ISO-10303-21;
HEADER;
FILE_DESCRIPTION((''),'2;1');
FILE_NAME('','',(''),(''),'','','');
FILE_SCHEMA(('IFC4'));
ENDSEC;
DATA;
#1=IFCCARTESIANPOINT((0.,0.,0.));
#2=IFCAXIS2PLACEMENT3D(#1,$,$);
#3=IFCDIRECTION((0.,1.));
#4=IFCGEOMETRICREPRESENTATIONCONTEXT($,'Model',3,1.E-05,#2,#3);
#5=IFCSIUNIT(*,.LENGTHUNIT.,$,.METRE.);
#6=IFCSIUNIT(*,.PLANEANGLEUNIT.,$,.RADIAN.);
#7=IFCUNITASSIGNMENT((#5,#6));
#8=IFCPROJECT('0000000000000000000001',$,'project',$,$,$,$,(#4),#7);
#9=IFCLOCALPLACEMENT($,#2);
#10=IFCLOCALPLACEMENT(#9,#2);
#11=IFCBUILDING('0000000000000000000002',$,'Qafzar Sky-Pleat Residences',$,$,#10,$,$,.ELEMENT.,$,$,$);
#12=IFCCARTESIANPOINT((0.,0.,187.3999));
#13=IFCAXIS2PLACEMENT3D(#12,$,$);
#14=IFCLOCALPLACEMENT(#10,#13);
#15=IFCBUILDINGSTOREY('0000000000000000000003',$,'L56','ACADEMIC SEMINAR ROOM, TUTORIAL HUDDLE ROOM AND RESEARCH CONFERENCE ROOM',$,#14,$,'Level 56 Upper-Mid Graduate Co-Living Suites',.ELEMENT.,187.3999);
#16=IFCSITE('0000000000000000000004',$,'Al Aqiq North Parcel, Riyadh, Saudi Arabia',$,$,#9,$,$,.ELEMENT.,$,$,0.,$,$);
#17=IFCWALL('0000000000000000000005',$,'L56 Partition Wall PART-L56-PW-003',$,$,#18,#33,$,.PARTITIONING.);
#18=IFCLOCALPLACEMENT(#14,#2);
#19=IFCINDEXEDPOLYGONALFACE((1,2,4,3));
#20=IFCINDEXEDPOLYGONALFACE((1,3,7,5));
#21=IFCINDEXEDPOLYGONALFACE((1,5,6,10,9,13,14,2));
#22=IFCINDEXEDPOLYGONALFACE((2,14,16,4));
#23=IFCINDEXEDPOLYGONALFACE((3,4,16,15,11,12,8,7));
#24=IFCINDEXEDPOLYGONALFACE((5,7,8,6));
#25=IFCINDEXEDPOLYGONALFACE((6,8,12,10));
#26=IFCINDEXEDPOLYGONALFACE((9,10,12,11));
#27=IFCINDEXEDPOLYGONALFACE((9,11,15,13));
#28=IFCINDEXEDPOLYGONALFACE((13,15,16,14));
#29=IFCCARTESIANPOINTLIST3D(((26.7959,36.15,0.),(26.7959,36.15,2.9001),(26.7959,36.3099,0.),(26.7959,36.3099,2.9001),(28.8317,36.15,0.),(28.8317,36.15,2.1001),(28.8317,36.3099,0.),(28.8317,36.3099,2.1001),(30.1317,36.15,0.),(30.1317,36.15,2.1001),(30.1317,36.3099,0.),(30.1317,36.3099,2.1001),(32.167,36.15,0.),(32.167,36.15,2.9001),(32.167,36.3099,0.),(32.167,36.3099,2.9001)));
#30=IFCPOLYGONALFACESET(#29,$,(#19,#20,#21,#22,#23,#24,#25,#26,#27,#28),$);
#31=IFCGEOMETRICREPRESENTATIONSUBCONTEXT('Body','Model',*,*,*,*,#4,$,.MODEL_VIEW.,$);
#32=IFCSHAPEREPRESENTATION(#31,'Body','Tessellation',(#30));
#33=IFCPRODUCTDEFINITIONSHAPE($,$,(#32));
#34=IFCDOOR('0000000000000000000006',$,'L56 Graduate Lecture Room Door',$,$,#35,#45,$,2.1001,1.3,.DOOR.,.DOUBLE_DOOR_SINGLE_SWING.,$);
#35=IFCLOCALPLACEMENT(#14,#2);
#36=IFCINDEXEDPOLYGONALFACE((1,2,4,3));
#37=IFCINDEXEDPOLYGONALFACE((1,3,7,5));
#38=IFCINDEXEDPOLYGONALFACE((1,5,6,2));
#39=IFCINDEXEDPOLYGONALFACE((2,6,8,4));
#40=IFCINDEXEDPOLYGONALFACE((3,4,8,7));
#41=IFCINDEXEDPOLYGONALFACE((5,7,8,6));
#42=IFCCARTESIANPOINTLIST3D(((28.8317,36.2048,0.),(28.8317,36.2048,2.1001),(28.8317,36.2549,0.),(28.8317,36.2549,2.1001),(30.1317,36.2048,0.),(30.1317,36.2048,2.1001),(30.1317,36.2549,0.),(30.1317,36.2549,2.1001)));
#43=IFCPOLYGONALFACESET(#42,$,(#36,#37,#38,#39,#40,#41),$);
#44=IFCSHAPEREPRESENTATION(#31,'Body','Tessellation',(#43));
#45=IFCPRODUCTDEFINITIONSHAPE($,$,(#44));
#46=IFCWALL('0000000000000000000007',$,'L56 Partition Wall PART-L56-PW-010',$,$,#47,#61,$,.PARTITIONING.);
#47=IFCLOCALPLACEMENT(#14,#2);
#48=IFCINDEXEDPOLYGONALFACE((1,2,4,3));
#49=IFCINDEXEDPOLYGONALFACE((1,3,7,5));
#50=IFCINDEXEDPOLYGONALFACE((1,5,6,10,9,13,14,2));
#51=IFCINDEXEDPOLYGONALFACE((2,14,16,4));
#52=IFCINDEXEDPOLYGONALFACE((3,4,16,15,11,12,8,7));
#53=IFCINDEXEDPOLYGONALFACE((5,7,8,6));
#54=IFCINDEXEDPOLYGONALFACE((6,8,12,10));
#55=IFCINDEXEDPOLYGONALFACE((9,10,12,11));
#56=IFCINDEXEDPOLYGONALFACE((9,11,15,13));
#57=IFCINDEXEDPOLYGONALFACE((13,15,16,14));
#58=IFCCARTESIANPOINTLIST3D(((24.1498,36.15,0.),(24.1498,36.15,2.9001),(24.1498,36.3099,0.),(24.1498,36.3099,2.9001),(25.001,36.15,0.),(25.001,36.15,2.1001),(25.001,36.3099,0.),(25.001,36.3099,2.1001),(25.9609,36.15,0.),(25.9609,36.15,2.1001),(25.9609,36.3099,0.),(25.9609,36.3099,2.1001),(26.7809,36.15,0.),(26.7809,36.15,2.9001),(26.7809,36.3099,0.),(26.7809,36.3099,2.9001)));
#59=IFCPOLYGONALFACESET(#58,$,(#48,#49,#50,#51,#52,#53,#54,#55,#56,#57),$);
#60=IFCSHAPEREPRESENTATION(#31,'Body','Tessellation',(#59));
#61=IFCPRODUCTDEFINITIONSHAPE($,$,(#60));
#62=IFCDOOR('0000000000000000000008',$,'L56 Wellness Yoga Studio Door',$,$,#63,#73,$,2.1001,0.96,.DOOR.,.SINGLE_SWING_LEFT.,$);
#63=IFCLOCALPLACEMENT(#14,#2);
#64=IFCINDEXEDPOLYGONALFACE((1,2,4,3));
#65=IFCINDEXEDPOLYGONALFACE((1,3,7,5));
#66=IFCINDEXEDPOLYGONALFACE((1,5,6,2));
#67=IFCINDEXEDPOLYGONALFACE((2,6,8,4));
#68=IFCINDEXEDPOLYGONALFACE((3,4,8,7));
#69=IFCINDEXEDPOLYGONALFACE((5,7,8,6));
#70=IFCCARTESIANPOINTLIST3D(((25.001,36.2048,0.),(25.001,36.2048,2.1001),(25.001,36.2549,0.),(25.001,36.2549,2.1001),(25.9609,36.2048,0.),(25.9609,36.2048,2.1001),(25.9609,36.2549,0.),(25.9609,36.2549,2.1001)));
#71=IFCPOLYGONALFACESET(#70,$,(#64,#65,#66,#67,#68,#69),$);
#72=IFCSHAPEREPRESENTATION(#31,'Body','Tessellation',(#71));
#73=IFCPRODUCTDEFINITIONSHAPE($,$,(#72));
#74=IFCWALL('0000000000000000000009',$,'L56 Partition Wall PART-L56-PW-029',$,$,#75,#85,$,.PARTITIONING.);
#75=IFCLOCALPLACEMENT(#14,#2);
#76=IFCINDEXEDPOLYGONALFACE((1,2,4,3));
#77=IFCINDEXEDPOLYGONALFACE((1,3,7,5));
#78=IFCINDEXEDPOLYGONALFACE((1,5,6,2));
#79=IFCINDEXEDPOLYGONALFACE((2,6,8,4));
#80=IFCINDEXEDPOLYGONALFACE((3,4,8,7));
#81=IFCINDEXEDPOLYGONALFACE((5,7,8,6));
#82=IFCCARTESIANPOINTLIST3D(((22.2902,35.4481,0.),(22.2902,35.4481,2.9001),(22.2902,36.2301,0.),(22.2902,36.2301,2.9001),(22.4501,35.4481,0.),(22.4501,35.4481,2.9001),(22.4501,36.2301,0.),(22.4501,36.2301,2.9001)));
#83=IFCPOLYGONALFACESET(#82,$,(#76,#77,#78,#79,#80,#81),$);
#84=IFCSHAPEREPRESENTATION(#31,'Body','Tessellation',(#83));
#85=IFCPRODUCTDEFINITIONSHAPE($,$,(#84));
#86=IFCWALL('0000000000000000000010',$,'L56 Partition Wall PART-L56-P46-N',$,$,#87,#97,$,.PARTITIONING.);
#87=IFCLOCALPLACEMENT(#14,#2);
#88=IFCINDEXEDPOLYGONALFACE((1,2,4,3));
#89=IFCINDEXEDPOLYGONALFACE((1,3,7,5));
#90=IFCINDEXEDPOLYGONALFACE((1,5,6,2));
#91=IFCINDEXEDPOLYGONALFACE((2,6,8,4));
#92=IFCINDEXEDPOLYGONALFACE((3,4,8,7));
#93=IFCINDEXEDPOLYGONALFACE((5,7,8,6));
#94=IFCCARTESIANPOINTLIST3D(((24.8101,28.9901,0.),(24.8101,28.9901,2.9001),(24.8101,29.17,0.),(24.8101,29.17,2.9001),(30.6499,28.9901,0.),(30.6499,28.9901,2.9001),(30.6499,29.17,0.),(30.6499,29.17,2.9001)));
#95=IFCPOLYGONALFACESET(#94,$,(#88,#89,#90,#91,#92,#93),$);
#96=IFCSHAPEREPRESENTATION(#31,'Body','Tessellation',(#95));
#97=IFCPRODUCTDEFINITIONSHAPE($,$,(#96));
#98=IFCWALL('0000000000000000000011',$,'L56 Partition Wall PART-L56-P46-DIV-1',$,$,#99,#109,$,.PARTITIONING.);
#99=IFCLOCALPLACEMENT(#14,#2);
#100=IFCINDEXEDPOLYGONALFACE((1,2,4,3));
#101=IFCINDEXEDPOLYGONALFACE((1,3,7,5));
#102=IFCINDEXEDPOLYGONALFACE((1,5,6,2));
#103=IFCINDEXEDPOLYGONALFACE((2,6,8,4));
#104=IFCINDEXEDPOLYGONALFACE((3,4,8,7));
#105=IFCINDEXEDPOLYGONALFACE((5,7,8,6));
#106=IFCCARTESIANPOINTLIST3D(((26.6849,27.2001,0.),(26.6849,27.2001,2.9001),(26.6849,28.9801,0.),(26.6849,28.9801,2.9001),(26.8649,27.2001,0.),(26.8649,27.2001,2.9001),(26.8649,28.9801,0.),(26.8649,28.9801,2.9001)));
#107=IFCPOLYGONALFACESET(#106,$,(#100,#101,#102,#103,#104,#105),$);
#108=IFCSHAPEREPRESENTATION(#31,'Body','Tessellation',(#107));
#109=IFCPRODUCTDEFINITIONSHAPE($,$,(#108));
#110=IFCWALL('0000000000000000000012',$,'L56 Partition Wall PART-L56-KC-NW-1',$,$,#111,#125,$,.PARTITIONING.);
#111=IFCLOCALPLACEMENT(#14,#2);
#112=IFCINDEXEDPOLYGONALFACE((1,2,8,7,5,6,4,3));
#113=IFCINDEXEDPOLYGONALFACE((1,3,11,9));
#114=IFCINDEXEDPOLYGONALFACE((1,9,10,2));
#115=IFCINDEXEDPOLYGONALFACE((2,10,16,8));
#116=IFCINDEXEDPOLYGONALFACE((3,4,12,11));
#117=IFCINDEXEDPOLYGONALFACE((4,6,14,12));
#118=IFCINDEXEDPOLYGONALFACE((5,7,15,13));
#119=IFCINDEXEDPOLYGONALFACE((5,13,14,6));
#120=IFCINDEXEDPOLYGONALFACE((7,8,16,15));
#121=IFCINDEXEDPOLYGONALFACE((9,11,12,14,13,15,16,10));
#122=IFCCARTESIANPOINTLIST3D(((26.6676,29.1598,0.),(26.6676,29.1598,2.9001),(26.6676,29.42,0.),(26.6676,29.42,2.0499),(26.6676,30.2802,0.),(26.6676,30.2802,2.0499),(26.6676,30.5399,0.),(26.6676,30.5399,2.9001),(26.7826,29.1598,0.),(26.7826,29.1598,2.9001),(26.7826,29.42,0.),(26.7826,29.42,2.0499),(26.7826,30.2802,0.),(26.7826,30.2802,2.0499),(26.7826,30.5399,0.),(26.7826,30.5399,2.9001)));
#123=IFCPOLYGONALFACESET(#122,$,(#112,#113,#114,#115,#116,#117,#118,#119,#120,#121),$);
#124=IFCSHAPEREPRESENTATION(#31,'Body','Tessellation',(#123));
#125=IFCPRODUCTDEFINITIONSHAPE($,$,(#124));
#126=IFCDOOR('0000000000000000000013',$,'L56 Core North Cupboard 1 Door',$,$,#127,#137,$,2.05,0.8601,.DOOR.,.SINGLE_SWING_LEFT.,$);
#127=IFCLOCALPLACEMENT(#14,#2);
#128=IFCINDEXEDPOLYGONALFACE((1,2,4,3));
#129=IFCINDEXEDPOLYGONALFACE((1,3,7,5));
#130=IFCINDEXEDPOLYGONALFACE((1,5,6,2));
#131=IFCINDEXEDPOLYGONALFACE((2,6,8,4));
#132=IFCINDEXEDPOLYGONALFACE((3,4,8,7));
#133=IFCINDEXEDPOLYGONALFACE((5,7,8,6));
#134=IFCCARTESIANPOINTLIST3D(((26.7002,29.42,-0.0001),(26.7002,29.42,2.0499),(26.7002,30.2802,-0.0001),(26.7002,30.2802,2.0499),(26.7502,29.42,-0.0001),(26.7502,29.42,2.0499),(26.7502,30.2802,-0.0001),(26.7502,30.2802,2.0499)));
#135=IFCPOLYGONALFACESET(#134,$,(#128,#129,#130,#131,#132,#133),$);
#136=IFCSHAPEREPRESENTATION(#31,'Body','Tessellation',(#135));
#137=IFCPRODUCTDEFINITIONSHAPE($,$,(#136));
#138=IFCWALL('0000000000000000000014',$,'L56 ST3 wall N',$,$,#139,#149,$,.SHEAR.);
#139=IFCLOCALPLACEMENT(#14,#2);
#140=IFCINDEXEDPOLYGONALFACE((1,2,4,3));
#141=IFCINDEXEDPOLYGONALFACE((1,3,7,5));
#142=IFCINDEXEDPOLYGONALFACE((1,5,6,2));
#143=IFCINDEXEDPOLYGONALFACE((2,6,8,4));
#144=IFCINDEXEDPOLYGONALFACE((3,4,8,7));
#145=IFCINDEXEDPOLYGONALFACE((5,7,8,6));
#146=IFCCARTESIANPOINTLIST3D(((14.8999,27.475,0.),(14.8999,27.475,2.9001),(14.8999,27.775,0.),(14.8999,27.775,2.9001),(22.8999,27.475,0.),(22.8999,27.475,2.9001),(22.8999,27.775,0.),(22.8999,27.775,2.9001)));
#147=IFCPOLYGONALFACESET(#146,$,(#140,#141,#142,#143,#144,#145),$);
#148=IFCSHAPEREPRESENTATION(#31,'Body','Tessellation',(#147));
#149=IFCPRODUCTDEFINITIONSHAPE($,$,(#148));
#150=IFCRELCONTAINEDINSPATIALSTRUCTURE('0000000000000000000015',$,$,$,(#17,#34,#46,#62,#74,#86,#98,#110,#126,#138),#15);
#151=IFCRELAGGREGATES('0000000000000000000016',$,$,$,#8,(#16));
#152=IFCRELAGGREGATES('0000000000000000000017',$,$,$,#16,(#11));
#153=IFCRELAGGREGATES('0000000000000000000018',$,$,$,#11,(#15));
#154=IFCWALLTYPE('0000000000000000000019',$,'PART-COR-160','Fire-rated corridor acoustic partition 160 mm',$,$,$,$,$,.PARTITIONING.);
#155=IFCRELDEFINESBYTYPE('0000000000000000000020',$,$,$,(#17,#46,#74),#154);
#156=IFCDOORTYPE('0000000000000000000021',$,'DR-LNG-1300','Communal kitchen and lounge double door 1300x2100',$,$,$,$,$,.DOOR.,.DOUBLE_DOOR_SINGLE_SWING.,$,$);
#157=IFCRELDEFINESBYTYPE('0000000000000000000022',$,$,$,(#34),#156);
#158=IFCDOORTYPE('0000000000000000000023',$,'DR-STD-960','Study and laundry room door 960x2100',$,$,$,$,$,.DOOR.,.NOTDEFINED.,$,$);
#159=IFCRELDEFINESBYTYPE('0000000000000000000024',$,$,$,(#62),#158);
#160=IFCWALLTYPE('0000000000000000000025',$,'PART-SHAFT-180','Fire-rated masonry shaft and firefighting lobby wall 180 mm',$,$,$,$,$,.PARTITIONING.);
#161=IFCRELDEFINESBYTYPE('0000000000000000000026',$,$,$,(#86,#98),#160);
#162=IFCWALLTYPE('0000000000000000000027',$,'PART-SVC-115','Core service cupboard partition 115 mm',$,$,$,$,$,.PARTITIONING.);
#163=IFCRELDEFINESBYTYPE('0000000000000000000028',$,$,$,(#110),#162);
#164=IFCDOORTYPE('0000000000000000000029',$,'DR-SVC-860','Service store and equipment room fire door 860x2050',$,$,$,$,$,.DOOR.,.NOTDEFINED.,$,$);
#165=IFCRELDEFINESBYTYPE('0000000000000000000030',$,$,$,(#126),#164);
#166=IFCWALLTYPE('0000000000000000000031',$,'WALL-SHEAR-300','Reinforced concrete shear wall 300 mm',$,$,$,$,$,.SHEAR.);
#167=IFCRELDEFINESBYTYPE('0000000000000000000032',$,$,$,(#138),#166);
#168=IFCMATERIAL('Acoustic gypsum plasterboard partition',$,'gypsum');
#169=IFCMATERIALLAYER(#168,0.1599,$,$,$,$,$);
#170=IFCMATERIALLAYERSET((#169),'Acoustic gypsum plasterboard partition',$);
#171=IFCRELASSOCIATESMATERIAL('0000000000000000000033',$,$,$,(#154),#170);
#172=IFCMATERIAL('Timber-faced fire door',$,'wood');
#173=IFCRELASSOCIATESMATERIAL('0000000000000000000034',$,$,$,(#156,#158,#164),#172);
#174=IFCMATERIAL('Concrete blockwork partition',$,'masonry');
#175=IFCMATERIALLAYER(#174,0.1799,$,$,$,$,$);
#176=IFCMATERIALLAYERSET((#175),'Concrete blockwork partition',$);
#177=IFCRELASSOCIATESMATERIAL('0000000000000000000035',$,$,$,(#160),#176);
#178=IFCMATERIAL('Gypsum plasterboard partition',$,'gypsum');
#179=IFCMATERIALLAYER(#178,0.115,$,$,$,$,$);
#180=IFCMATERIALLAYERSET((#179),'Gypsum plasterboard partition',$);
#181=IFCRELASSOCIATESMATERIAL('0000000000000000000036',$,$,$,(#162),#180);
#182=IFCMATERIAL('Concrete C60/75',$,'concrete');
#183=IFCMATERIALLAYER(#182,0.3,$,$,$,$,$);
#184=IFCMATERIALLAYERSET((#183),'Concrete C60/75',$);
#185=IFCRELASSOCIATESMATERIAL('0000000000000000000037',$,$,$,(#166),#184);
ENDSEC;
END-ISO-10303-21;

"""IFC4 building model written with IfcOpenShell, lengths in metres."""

from ifc_helpers import new_model, si_unit, direction, frame, frame_2d, origin, place, context, subcontext, project, spatial, rectangle, extrude, source, transform, mapped, material, layer, layer_set, type_object, element, fill, save


model = new_model("IFC4")

# Units and contexts
model_context = context("Model", 3, precision=1e-05, world=origin(), true_north=direction((0.0, 1.0)))
body_context = subcontext(model_context, "Body", "Model", "MODEL_VIEW")
ifc_project = project(units=[si_unit("LENGTHUNIT", "METRE"), si_unit("PLANEANGLEUNIT", "RADIAN")], contexts=[model_context])

# Site, building, storey
site_placement = place(None, origin())
site = spatial("IfcSite", under=ifc_project, at=site_placement, Name="Al Aqiq North Parcel, Riyadh, Saudi Arabia", CompositionType="ELEMENT", RefElevation=0.0)
building_placement = place(site_placement, origin())
building = spatial("IfcBuilding", under=site, at=building_placement, Name="Qafzar Sky-Pleat Residences", CompositionType="ELEMENT")
storey_placement = place(building_placement, frame((0.0, 0.0, 187.3999)))
storey = spatial("IfcBuildingStorey", under=building, at=storey_placement, Name="L56", Description="ACADEMIC SEMINAR ROOM, TUTORIAL HUDDLE ROOM AND RESEARCH CONFERENCE ROOM", LongName="Level 56 Upper-Mid Graduate Co-Living Suites", CompositionType="ELEMENT", Elevation=187.3999)

# Walls, openings, doors
ifc_material_1 = material(Name="Acoustic gypsum plasterboard partition", Category="gypsum")
ifc_layer_1 = layer(ifc_material_1, 0.1599)
ifc_layer_set_1 = layer_set([ifc_layer_1], Name="Acoustic gypsum plasterboard partition")
wall_type_1 = type_object("IfcWallType", Name="PART-COR-160", Description="Fire-rated corridor acoustic partition 160 mm", PredefinedType="PARTITIONING", material=ifc_layer_set_1)
wall_1_placement = place(storey_placement, frame((26.7959, 36.23, 0.0), z_axis=(0.0, 0.0, 1.0), x_axis=(1.0, 0.0, 0.0)))
wall_1 = element("IfcWall", 1, at=wall_1_placement, inside=storey, type_object=wall_type_1, Name="L56 Partition Wall PART-L56-PW-003", PredefinedType="PARTITIONING", context=body_context, shape_type="SweptSolid", body=[
    extrude(rectangle(XDim=5.3711, YDim=0.1599, at=frame_2d((2.6855, 0.0))), origin(), (0.0, 0.0, 1.0), 2.9001),
])
opening_1_placement = place(wall_1_placement, frame((2.0359, 0.0, 0.0)))
opening_1 = element("IfcOpeningElement", 2, at=opening_1_placement, cuts=wall_1, PredefinedType="OPENING", context=body_context, shape_type="SweptSolid", body=[
    extrude(rectangle(XDim=1.3, YDim=2.1001, at=frame_2d((0.6499, 1.05))), frame((0.0, 0.0898, 0.0), z_axis=(0.0, -1.0, 0.0), x_axis=(1.0, 0.0, 0.0)), (0.0, 0.0, 1.0), 0.1799),
])
ifc_material_2 = material(Name="Timber-faced fire door", Category="wood")
door_type_1 = type_object("IfcDoorType", Name="DR-LNG-1300", Description="Communal kitchen and lounge double door 1300x2100", OperationType="DOUBLE_DOOR_SINGLE_SWING", PredefinedType="DOOR", material=ifc_material_2)
shared_shape_1 = source(origin(), body_context, "Body", "SweptSolid", [
    extrude(rectangle(XDim=1.3, YDim=2.1001, at=frame_2d((0.6499, 1.05))), frame((0.0, 0.0249, 0.0), z_axis=(0.0, -1.0, 0.0), x_axis=(1.0, 0.0, 0.0)), (0.0, 0.0, 1.0), 0.05),
])
door_1_placement = place(opening_1_placement, origin())
door_1 = element("IfcDoor", 3, at=door_1_placement, inside=storey, type_object=door_type_1, Name="L56 Graduate Lecture Room Door", OperationType="DOUBLE_DOOR_SINGLE_SWING", OverallHeight=2.1001, OverallWidth=1.3, PredefinedType="DOOR", context=body_context, shape_type="MappedRepresentation", body=[
    mapped(shared_shape_1, transform((0.0, 0.0, 0.0), x_axis=(1.0, 0.0, 0.0), y_axis=(0.0, 1.0, 0.0), z_axis=(0.0, 0.0, 1.0), scale=1.0)),
])
fill(opening_1, door_1)
wall_2_placement = place(storey_placement, frame((24.1499, 36.23, 0.0), z_axis=(0.0, 0.0, 1.0), x_axis=(1.0, 0.0, 0.0)))
wall_2 = element("IfcWall", 4, at=wall_2_placement, inside=storey, type_object=wall_type_1, Name="L56 Partition Wall PART-L56-PW-010", PredefinedType="PARTITIONING", context=body_context, shape_type="SweptSolid", body=[
    extrude(rectangle(XDim=2.6311, YDim=0.1599, at=frame_2d((1.3154, 0.0))), origin(), (0.0, 0.0, 1.0), 2.9001),
])
opening_2_placement = place(wall_2_placement, frame((0.8511, 0.0, 0.0)))
opening_2 = element("IfcOpeningElement", 5, at=opening_2_placement, cuts=wall_2, PredefinedType="OPENING", context=body_context, shape_type="SweptSolid", body=[
    extrude(rectangle(XDim=0.96, YDim=2.1001, at=frame_2d((0.48, 1.05))), frame((0.0, 0.0898, 0.0), z_axis=(0.0, -1.0, 0.0), x_axis=(1.0, 0.0, 0.0)), (0.0, 0.0, 1.0), 0.1799),
])
door_type_2 = type_object("IfcDoorType", Name="DR-STD-960", Description="Study and laundry room door 960x2100", OperationType="NOTDEFINED", PredefinedType="DOOR", material=ifc_material_2)
shared_shape_2 = source(origin(), body_context, "Body", "SweptSolid", [
    extrude(rectangle(XDim=0.96, YDim=2.1001, at=frame_2d((0.48, 1.05))), frame((0.0, 0.0249, 0.0), z_axis=(0.0, -1.0, 0.0), x_axis=(1.0, 0.0, 0.0)), (0.0, 0.0, 1.0), 0.05),
])
door_2_placement = place(opening_2_placement, origin())
door_2 = element("IfcDoor", 6, at=door_2_placement, inside=storey, type_object=door_type_2, Name="L56 Wellness Yoga Studio Door", OperationType="SINGLE_SWING_LEFT", OverallHeight=2.1001, OverallWidth=0.96, PredefinedType="DOOR", context=body_context, shape_type="MappedRepresentation", body=[
    mapped(shared_shape_2, transform((0.0, 0.0, 0.0), x_axis=(1.0, 0.0, 0.0), y_axis=(0.0, 1.0, 0.0), z_axis=(0.0, 0.0, 1.0), scale=1.0)),
])
fill(opening_2, door_2)

# Walls
wall_3_placement = place(storey_placement, frame((22.3701, 35.448, 0.0), z_axis=(0.0, 0.0, 1.0), x_axis=(0.0, 1.0, 0.0)))
element("IfcWall", 7, at=wall_3_placement, inside=storey, type_object=wall_type_1, Name="L56 Partition Wall PART-L56-PW-029", PredefinedType="PARTITIONING", context=body_context, shape_type="SweptSolid", body=[
    extrude(rectangle(XDim=0.782, YDim=0.1599, at=frame_2d((0.3911, 0.0))), origin(), (0.0, 0.0, 1.0), 2.9001),
])
ifc_material_3 = material(Name="Concrete blockwork partition", Category="masonry")
ifc_layer_2 = layer(ifc_material_3, 0.1799)
ifc_layer_set_2 = layer_set([ifc_layer_2], Name="Concrete blockwork partition")
wall_type_2 = type_object("IfcWallType", Name="PART-SHAFT-180", Description="Fire-rated masonry shaft and firefighting lobby wall 180 mm", PredefinedType="PARTITIONING", material=ifc_layer_set_2)
wall_4_placement = place(storey_placement, frame((24.8101, 29.0801, 0.0), z_axis=(0.0, 0.0, 1.0), x_axis=(1.0, 0.0, 0.0)))
element("IfcWall", 8, at=wall_4_placement, inside=storey, type_object=wall_type_2, Name="L56 Partition Wall PART-L56-P46-N", PredefinedType="PARTITIONING", context=body_context, shape_type="SweptSolid", body=[
    extrude(rectangle(XDim=5.8398, YDim=0.1799, at=frame_2d((2.9199, 0.0))), origin(), (0.0, 0.0, 1.0), 2.9001),
])

# Wall
wall_5_placement = place(storey_placement, frame((26.7749, 27.2, 0.0), z_axis=(0.0, 0.0, 1.0), x_axis=(0.0, 1.0, 0.0)))
element("IfcWall", 9, at=wall_5_placement, inside=storey, type_object=wall_type_2, Name="L56 Partition Wall PART-L56-P46-DIV-1", PredefinedType="PARTITIONING", context=body_context, shape_type="SweptSolid", body=[
    extrude(rectangle(XDim=1.78, YDim=0.1799, at=frame_2d((0.8901, 0.0))), origin(), (0.0, 0.0, 1.0), 2.9001),
])

# Wall, opening, door
ifc_material_4 = material(Name="Gypsum plasterboard partition", Category="gypsum")
ifc_layer_3 = layer(ifc_material_4, 0.115)
ifc_layer_set_3 = layer_set([ifc_layer_3], Name="Gypsum plasterboard partition")
wall_type_3 = type_object("IfcWallType", Name="PART-SVC-115", Description="Core service cupboard partition 115 mm", PredefinedType="PARTITIONING", material=ifc_layer_set_3)
wall_6_placement = place(storey_placement, frame((26.7251, 29.1599, 0.0), z_axis=(0.0, 0.0, 1.0), x_axis=(0.0, 1.0, 0.0)))
wall_6 = element("IfcWall", 10, at=wall_6_placement, inside=storey, type_object=wall_type_3, Name="L56 Partition Wall PART-L56-KC-NW-1", PredefinedType="PARTITIONING", context=body_context, shape_type="SweptSolid", body=[
    extrude(rectangle(XDim=1.3801, YDim=0.115, at=frame_2d((0.6899, 0.0))), origin(), (0.0, 0.0, 1.0), 2.9001),
])
opening_3_placement = place(wall_6_placement, frame((0.26, 0.0, 0.0)))
opening_3 = element("IfcOpeningElement", 11, at=opening_3_placement, cuts=wall_6, PredefinedType="OPENING", context=body_context, shape_type="SweptSolid", body=[
    extrude(rectangle(XDim=0.8601, YDim=2.05, at=frame_2d((0.4302, 1.0249))), frame((0.0, 0.0674, 0.0), z_axis=(0.0, -1.0, 0.0), x_axis=(1.0, 0.0, 0.0)), (0.0, 0.0, 1.0), 0.135),
])
door_type_3 = type_object("IfcDoorType", Name="DR-SVC-860", Description="Service store and equipment room fire door 860x2050", OperationType="NOTDEFINED", PredefinedType="DOOR", material=ifc_material_2)
shared_shape_3 = source(origin(), body_context, "Body", "SweptSolid", [
    extrude(rectangle(XDim=0.8601, YDim=2.05, at=frame_2d((0.4302, 1.0249))), frame((0.0, 0.0249, 0.0), z_axis=(0.0, -1.0, 0.0), x_axis=(1.0, 0.0, 0.0)), (0.0, 0.0, 1.0), 0.05),
])
door_3_placement = place(opening_3_placement, origin())
door_3 = element("IfcDoor", 12, at=door_3_placement, inside=storey, type_object=door_type_3, Name="L56 Core North Cupboard 1 Door", OperationType="SINGLE_SWING_LEFT", OverallHeight=2.05, OverallWidth=0.8601, PredefinedType="DOOR", context=body_context, shape_type="MappedRepresentation", body=[
    mapped(shared_shape_3, transform((0.0, 0.0, 0.0), x_axis=(1.0, 0.0, 0.0), y_axis=(0.0, 1.0, 0.0), z_axis=(0.0, 0.0, 1.0), scale=1.0)),
])
fill(opening_3, door_3)

# Shared definitions
ifc_material_5 = material(Name="Concrete C60/75", Category="concrete")
ifc_layer_4 = layer(ifc_material_5, 0.3)
ifc_layer_set_4 = layer_set([ifc_layer_4], Name="Concrete C60/75")
wall_type_4 = type_object("IfcWallType", Name="WALL-SHEAR-300", Description="Reinforced concrete shear wall 300 mm", PredefinedType="SHEAR", material=ifc_layer_set_4)

# Wall
wall_7_placement = place(storey_placement, frame((22.8999, 27.625, 0.0), z_axis=(0.0, 0.0, 1.0), x_axis=(-1.0, 0.0, 0.0)))
element("IfcWall", 13, at=wall_7_placement, inside=storey, type_object=wall_type_4, Name="L56 ST3 wall N", PredefinedType="SHEAR", context=body_context, shape_type="SweptSolid", body=[
    extrude(rectangle(XDim=8.0, YDim=0.3, at=frame_2d((4.0, 0.0))), origin(), (0.0, 0.0, 1.0), 2.9001),
])

save(model, "model.ifc")
